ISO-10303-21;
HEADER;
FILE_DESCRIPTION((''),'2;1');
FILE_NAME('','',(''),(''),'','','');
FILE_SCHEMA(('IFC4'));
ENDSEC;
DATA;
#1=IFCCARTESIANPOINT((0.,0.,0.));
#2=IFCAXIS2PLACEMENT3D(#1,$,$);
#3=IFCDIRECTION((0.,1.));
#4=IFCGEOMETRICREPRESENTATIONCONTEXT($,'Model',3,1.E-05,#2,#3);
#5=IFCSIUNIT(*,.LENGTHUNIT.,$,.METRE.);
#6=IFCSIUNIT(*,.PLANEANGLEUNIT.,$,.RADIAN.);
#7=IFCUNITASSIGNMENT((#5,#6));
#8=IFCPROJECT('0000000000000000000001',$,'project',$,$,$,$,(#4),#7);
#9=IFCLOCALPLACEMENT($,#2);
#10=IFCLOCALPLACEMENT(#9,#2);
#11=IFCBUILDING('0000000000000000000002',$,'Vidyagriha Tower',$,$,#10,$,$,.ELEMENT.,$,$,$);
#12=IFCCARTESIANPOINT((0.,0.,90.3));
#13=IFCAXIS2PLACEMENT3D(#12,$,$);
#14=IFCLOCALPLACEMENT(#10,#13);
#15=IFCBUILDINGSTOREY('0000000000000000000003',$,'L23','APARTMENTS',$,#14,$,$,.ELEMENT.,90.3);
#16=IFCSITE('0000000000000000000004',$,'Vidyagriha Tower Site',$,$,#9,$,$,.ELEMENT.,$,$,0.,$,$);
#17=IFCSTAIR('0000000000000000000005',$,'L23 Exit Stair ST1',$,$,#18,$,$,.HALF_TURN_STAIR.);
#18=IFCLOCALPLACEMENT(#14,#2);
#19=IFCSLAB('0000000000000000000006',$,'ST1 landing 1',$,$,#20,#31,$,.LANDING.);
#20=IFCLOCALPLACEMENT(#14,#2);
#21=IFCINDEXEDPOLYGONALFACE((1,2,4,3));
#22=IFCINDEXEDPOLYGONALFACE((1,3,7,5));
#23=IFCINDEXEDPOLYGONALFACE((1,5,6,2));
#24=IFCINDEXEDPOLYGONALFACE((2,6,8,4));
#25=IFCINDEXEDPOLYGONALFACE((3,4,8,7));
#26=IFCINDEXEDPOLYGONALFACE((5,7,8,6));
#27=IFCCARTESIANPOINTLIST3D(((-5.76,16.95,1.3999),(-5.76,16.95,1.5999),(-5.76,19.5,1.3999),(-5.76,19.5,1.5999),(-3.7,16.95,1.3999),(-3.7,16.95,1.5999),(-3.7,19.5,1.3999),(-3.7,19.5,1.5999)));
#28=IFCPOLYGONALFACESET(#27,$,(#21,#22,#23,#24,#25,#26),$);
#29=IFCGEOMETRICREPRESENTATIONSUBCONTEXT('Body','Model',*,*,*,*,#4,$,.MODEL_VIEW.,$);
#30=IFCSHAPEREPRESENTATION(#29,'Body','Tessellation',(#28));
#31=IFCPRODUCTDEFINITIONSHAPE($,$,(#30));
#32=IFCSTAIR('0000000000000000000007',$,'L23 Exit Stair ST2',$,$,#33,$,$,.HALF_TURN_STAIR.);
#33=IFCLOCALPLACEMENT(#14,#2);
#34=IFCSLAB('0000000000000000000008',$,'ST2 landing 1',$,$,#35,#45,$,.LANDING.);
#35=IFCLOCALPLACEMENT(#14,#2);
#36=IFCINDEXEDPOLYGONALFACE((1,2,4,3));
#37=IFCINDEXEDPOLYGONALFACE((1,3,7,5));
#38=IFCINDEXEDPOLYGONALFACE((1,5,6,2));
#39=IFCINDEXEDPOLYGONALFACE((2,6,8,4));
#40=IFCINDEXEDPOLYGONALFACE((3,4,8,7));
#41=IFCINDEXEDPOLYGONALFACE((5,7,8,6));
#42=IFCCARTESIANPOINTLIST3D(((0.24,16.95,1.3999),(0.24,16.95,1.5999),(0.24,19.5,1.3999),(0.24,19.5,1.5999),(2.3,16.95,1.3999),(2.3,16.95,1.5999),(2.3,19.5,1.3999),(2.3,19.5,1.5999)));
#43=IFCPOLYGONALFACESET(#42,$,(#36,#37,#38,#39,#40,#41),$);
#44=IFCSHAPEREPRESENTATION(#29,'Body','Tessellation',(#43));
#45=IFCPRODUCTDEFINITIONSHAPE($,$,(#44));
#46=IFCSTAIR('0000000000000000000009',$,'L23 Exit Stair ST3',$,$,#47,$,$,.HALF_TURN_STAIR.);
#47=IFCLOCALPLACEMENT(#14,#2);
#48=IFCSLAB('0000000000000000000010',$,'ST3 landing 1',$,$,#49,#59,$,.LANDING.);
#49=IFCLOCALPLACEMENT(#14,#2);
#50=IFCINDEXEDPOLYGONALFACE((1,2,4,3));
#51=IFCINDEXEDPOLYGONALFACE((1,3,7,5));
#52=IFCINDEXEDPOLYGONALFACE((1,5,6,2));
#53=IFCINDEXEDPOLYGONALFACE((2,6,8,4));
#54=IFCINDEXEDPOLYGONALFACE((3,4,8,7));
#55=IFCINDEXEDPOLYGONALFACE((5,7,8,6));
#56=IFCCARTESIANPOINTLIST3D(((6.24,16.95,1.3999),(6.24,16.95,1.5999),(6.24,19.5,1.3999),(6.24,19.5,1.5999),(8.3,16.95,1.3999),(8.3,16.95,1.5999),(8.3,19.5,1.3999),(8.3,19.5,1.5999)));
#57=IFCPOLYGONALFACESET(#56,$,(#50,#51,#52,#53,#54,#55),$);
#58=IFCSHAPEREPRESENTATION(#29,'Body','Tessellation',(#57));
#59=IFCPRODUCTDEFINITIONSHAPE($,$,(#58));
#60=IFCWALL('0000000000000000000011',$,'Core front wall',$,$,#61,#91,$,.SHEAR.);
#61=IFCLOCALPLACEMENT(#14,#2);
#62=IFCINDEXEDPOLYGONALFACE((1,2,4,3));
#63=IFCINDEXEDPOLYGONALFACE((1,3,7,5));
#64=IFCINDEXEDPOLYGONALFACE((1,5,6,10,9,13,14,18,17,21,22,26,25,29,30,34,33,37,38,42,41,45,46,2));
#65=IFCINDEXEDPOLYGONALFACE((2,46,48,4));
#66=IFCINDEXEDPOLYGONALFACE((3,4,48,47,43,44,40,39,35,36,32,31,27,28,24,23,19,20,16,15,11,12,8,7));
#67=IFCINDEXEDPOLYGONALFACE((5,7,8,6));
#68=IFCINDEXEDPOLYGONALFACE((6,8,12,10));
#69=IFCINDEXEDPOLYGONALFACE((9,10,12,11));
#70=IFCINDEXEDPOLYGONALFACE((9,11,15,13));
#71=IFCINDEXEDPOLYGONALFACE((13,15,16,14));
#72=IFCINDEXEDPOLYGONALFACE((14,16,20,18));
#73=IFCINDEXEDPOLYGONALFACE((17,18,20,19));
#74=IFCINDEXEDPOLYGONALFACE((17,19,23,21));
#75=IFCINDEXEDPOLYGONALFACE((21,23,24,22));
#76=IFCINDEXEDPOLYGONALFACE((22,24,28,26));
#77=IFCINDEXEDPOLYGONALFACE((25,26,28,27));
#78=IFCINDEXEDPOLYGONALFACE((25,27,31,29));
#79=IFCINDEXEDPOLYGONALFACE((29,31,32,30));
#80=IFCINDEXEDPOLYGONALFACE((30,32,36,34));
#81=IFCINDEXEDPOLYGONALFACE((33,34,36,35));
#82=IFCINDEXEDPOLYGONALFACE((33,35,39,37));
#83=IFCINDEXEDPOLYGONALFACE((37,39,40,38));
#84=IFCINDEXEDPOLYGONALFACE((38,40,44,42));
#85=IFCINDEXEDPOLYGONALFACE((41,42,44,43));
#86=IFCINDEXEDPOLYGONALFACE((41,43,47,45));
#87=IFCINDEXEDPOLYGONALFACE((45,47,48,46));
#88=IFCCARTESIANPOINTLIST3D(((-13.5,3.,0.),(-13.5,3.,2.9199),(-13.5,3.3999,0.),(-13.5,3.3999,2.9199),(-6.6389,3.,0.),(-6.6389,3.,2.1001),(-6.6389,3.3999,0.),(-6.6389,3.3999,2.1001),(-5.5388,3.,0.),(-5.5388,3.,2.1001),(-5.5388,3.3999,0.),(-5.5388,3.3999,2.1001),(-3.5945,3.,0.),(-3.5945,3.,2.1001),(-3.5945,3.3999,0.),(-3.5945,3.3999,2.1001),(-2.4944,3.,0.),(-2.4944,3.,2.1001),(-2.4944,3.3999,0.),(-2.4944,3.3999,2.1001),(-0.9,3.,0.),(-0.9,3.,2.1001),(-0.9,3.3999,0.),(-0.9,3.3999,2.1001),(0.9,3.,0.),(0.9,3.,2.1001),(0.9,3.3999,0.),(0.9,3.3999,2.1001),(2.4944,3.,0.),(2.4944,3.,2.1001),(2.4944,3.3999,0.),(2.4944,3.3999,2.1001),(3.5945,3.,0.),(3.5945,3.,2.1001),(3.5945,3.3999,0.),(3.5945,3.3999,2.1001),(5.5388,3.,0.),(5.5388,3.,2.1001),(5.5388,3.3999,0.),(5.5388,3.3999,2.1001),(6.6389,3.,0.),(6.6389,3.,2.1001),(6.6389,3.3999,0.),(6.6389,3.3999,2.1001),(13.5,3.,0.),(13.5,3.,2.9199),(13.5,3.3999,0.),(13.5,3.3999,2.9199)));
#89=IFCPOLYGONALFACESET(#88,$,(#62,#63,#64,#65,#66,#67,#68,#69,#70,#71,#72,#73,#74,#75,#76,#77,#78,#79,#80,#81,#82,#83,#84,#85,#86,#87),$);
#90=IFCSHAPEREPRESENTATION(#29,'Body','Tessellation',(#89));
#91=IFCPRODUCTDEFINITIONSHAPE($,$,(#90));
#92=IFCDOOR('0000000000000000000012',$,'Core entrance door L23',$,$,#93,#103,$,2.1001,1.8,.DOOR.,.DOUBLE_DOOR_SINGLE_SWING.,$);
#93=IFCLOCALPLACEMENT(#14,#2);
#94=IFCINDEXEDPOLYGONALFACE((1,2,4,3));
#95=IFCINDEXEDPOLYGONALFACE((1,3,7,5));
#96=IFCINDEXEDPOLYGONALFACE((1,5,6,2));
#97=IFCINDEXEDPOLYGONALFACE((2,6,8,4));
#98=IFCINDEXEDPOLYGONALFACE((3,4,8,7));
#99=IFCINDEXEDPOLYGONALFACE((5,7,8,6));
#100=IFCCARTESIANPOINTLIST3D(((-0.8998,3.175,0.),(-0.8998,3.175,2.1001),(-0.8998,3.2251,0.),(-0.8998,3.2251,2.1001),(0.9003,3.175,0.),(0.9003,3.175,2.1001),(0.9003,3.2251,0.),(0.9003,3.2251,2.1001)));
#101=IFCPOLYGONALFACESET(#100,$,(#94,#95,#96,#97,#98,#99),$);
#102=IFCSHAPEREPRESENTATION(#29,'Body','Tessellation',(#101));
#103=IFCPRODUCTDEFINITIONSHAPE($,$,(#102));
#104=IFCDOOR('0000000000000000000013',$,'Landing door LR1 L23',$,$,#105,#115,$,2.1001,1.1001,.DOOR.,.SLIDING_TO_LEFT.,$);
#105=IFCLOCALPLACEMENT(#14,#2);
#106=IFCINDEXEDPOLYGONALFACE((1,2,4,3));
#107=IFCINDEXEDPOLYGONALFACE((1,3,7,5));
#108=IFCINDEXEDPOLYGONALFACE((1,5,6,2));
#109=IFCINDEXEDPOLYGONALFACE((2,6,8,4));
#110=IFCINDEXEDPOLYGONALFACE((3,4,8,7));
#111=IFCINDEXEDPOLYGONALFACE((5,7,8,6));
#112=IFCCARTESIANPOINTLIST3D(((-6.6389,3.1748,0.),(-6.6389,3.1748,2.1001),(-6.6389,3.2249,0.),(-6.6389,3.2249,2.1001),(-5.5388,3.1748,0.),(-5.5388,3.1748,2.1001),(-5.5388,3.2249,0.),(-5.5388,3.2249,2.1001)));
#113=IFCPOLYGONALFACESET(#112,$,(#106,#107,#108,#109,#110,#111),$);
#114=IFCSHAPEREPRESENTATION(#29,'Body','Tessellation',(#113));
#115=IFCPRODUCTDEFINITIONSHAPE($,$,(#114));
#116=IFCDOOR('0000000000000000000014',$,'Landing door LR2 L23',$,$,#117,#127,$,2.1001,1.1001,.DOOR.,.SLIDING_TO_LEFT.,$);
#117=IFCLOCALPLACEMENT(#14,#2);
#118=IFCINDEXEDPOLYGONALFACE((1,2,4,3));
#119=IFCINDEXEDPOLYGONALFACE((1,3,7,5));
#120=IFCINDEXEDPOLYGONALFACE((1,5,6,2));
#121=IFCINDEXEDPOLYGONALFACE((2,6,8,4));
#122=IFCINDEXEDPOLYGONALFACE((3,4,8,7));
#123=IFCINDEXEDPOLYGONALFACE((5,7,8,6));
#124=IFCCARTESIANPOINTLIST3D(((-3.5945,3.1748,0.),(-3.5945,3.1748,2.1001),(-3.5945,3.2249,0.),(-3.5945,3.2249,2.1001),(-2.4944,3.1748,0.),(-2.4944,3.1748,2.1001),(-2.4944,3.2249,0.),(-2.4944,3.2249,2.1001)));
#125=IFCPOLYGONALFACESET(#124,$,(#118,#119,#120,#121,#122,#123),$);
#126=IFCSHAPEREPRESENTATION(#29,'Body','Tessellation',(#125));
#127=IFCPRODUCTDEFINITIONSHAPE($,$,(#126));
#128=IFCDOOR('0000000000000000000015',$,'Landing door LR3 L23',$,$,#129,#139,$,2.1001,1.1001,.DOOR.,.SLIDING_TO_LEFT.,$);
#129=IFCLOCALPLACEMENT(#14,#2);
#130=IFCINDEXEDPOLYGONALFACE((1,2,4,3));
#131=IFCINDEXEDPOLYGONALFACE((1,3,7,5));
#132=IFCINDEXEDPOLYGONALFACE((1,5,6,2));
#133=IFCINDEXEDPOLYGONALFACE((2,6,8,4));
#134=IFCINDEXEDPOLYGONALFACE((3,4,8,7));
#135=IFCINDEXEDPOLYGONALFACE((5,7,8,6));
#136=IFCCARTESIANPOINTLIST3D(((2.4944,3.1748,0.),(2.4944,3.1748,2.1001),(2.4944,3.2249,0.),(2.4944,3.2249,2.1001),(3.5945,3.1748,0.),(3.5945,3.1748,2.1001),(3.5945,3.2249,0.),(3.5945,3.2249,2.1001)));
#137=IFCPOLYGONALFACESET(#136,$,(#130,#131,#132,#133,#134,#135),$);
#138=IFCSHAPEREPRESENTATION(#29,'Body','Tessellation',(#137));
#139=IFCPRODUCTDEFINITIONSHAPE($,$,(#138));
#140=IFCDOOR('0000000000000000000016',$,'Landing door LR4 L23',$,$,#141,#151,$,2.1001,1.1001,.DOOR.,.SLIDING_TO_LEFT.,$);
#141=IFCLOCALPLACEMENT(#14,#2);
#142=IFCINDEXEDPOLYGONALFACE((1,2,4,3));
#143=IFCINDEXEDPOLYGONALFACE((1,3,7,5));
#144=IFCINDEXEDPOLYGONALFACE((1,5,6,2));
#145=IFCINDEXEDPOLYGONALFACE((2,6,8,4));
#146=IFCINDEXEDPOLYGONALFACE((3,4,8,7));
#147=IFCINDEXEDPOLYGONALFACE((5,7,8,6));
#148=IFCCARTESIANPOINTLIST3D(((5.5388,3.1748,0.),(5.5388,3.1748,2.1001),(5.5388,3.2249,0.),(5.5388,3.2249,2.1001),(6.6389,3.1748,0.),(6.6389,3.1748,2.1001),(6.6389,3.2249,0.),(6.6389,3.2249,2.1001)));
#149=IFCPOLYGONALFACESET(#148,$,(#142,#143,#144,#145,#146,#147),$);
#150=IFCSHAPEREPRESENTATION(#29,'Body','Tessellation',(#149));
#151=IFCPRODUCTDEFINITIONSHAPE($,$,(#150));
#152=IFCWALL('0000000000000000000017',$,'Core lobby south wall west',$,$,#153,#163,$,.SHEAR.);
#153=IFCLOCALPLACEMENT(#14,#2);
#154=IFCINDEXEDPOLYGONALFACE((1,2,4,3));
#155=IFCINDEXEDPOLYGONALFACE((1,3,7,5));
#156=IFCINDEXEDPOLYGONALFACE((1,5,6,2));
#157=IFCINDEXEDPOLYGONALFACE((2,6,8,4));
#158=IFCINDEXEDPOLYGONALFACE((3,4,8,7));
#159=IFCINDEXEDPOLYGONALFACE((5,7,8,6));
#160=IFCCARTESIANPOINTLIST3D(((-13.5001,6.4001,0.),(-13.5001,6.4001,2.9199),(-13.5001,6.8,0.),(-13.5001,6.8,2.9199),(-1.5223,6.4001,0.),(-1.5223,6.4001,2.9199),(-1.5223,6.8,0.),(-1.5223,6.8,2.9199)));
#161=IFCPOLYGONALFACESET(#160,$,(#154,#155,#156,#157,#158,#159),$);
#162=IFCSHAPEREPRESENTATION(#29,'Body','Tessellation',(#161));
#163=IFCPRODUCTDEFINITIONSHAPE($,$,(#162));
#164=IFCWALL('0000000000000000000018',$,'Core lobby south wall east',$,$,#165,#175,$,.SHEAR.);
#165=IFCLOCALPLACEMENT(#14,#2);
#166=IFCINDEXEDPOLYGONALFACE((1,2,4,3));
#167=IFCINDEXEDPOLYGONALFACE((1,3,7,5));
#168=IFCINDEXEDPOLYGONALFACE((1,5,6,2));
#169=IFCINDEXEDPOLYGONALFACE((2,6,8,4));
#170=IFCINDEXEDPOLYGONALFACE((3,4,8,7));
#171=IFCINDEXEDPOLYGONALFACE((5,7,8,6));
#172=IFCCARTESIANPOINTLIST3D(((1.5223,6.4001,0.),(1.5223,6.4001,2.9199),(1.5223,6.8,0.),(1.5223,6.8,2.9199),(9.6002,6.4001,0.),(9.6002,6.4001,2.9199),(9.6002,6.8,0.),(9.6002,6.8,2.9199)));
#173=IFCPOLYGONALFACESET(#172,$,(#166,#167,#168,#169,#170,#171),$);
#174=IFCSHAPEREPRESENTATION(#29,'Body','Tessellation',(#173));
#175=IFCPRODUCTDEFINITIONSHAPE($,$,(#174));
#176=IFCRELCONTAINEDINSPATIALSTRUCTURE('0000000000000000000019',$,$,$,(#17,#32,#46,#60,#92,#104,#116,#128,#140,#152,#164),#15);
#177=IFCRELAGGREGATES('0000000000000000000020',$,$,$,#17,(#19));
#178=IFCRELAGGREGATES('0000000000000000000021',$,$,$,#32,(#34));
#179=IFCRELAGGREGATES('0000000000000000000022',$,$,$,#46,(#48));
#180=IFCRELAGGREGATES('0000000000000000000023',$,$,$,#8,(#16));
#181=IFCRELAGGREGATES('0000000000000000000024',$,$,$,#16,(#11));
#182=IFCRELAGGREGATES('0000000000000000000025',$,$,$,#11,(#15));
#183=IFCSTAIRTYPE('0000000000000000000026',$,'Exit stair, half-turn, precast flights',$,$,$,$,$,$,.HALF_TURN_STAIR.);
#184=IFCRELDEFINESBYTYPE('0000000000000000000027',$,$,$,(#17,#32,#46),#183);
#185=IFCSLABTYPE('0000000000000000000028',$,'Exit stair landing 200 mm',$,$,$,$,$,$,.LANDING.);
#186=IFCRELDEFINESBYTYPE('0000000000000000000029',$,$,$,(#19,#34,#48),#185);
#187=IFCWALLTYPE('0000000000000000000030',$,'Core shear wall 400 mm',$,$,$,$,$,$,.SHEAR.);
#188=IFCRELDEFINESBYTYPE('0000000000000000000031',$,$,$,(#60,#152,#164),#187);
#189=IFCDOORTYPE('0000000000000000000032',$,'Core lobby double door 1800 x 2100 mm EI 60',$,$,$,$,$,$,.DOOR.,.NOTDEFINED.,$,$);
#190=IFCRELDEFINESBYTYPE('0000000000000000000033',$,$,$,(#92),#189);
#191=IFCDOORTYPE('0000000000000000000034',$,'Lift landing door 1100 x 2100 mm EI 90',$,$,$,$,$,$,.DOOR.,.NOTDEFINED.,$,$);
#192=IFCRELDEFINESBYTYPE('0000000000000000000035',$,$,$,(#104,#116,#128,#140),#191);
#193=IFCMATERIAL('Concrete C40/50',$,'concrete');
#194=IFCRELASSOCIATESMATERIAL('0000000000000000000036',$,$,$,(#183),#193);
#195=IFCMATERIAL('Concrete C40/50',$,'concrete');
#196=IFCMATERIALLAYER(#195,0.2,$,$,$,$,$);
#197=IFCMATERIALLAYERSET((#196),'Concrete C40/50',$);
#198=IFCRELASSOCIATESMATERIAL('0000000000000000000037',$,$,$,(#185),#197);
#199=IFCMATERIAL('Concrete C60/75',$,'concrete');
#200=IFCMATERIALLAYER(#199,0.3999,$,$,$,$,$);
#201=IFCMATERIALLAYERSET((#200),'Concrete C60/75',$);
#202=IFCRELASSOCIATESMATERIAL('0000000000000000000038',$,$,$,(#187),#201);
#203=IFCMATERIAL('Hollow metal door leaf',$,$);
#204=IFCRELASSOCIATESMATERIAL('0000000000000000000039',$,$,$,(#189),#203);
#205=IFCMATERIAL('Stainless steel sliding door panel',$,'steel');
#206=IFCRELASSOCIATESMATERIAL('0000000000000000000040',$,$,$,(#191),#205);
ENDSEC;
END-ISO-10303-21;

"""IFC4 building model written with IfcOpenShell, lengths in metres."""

from ifc_helpers import new_model, si_unit, direction, frame, frame_2d, origin, place, context, subcontext, project, spatial, polyline, rectangle, outline, extrude, material, layer, layer_set, type_object, element, fill, aggregate, save


model = new_model("IFC4")

# Units and contexts
model_context = context("Model", 3, precision=1e-05, world=origin(), true_north=direction((0.0, 1.0)))
body_context = subcontext(model_context, "Body", "Model", "MODEL_VIEW")
ifc_project = project(units=[si_unit("LENGTHUNIT", "METRE"), si_unit("PLANEANGLEUNIT", "RADIAN")], contexts=[model_context])

# Site, building, storey
site_placement = place(None, origin())
site = spatial("IfcSite", under=ifc_project, at=site_placement, Name="Vidyagriha Tower Site", CompositionType="ELEMENT", RefElevation=0.0)
building_placement = place(site_placement, origin())
building = spatial("IfcBuilding", under=site, at=building_placement, Name="Vidyagriha Tower", CompositionType="ELEMENT")
storey_placement = place(building_placement, frame((0.0, 0.0, 90.3)))
storey = spatial("IfcBuildingStorey", under=building, at=storey_placement, Name="L23", Description="APARTMENTS", CompositionType="ELEMENT", Elevation=90.3)

# Stairs, slabs
ifc_material_1 = material(Name="Concrete C40/50", Category="concrete")
stair_type = type_object("IfcStairType", Name="Exit stair, half-turn, precast flights", PredefinedType="HALF_TURN_STAIR", material=ifc_material_1)
stair_1_placement = place(storey_placement, origin())
stair_1 = element("IfcStair", 1, at=stair_1_placement, inside=storey, type_object=stair_type, Name="L23 Exit Stair ST1", PredefinedType="HALF_TURN_STAIR")
ifc_material_2 = material(Name="Concrete C40/50", Category="concrete")
ifc_layer_1 = layer(ifc_material_2, 0.2)
ifc_layer_set_1 = layer_set([ifc_layer_1], Name="Concrete C40/50")
slab_type = type_object("IfcSlabType", Name="Exit stair landing 200 mm", PredefinedType="LANDING", material=ifc_layer_set_1)
slab_1_placement = place(storey_placement, frame((0.0, 0.0, 1.3999)))
slab_1 = element("IfcSlab", 2, at=slab_1_placement, type_object=slab_type, Name="ST1 landing 1", PredefinedType="LANDING", context=body_context, shape_type="SweptSolid", body=[
    extrude(outline(polyline([(-5.76, 16.95), (-3.7, 16.95), (-3.7, 19.5), (-5.76, 19.5), (-5.76, 16.95)])), origin(), (0.0, 0.0, 1.0), 0.2),
])
aggregate(stair_1, [slab_1])
stair_2_placement = place(storey_placement, origin())
stair_2 = element("IfcStair", 3, at=stair_2_placement, inside=storey, type_object=stair_type, Name="L23 Exit Stair ST2", PredefinedType="HALF_TURN_STAIR")
slab_2_placement = place(storey_placement, frame((0.0, 0.0, 1.3999)))
slab_2 = element("IfcSlab", 4, at=slab_2_placement, type_object=slab_type, Name="ST2 landing 1", PredefinedType="LANDING", context=body_context, shape_type="SweptSolid", body=[
    extrude(outline(polyline([(0.24, 16.95), (2.3, 16.95), (2.3, 19.5), (0.24, 19.5), (0.24, 16.95)])), origin(), (0.0, 0.0, 1.0), 0.2),
])
aggregate(stair_2, [slab_2])
stair_3_placement = place(storey_placement, origin())
stair_3 = element("IfcStair", 5, at=stair_3_placement, inside=storey, type_object=stair_type, Name="L23 Exit Stair ST3", PredefinedType="HALF_TURN_STAIR")
slab_3_placement = place(storey_placement, frame((0.0, 0.0, 1.3999)))
slab_3 = element("IfcSlab", 6, at=slab_3_placement, type_object=slab_type, Name="ST3 landing 1", PredefinedType="LANDING", context=body_context, shape_type="SweptSolid", body=[
    extrude(outline(polyline([(6.24, 16.95), (8.3, 16.95), (8.3, 19.5), (6.24, 19.5), (6.24, 16.95)])), origin(), (0.0, 0.0, 1.0), 0.2),
])
aggregate(stair_3, [slab_3])

# Wall, openings, doors
ifc_material_3 = material(Name="Concrete C60/75", Category="concrete")
ifc_layer_2 = layer(ifc_material_3, 0.3999)
ifc_layer_set_2 = layer_set([ifc_layer_2], Name="Concrete C60/75")
wall_type_1 = type_object("IfcWallType", Name="Core shear wall 400 mm", PredefinedType="SHEAR", material=ifc_layer_set_2)
wall_1_placement = place(storey_placement, frame((-13.5, 3.2, 0.0)))
wall_1 = element("IfcWall", 7, at=wall_1_placement, inside=storey, type_object=wall_type_1, Name="Core front wall", PredefinedType="SHEAR", context=body_context, shape_type="SweptSolid", body=[
    extrude(rectangle(XDim=27.0, YDim=0.3999, at=frame_2d((13.5, 0.0))), origin(), (0.0, 0.0, 1.0), 2.9199),
])
opening_1_placement = place(wall_1_placement, frame((6.8611, 0.0, 0.0)))
opening_1 = element("IfcOpeningElement", 8, at=opening_1_placement, cuts=wall_1, PredefinedType="OPENING", context=body_context, shape_type="SweptSolid", body=[
    extrude(rectangle(XDim=1.1001, YDim=2.1001, at=frame_2d((0.55, 1.05))), frame((0.0, 0.21, 0.0), z_axis=(0.0, -1.0, 0.0), x_axis=(1.0, 0.0, 0.0)), (0.0, 0.0, 1.0), 0.4199),
])
opening_2_placement = place(wall_1_placement, frame((9.9055, 0.0, 0.0)))
opening_2 = element("IfcOpeningElement", 9, at=opening_2_placement, cuts=wall_1, PredefinedType="OPENING", context=body_context, shape_type="SweptSolid", body=[
    extrude(rectangle(XDim=1.1001, YDim=2.1001, at=frame_2d((0.55, 1.05))), frame((0.0, 0.21, 0.0), z_axis=(0.0, -1.0, 0.0), x_axis=(1.0, 0.0, 0.0)), (0.0, 0.0, 1.0), 0.4199),
])
opening_3_placement = place(wall_1_placement, frame((15.9944, 0.0, 0.0)))
opening_3 = element("IfcOpeningElement", 10, at=opening_3_placement, cuts=wall_1, PredefinedType="OPENING", context=body_context, shape_type="SweptSolid", body=[
    extrude(rectangle(XDim=1.1001, YDim=2.1001, at=frame_2d((0.55, 1.05))), frame((0.0, 0.21, 0.0), z_axis=(0.0, -1.0, 0.0), x_axis=(1.0, 0.0, 0.0)), (0.0, 0.0, 1.0), 0.4199),
])
opening_4_placement = place(wall_1_placement, frame((19.0388, 0.0, 0.0)))
opening_4 = element("IfcOpeningElement", 11, at=opening_4_placement, cuts=wall_1, PredefinedType="OPENING", context=body_context, shape_type="SweptSolid", body=[
    extrude(rectangle(XDim=1.1001, YDim=2.1001, at=frame_2d((0.55, 1.05))), frame((0.0, 0.21, 0.0), z_axis=(0.0, -1.0, 0.0), x_axis=(1.0, 0.0, 0.0)), (0.0, 0.0, 1.0), 0.4199),
])
opening_5_placement = place(wall_1_placement, frame((12.6001, 0.0, 0.0)))
opening_5 = element("IfcOpeningElement", 12, at=opening_5_placement, cuts=wall_1, PredefinedType="OPENING", context=body_context, shape_type="SweptSolid", body=[
    extrude(rectangle(XDim=1.8, YDim=2.1001, at=frame_2d((0.8999, 1.05))), frame((0.0, 0.21, 0.0), z_axis=(0.0, -1.0, 0.0), x_axis=(1.0, 0.0, 0.0)), (0.0, 0.0, 1.0), 0.4199),
])
ifc_material_4 = material(Name="Hollow metal door leaf")
door_type_1 = type_object("IfcDoorType", Name="Core lobby double door 1800 x 2100 mm EI 60", OperationType="NOTDEFINED", PredefinedType="DOOR", material=ifc_material_4)
door_1_placement = place(opening_5_placement, frame((1.8, 0.0, 0.0), z_axis=(0.0, 0.0, 1.0), x_axis=(-1.0, 0.0, 0.0)))
door_1 = element("IfcDoor", 13, at=door_1_placement, inside=storey, type_object=door_type_1, Name="Core entrance door L23", OperationType="DOUBLE_DOOR_SINGLE_SWING", OverallHeight=2.1001, OverallWidth=1.8, PredefinedType="DOOR", context=body_context, shape_type="SweptSolid", body=[
    extrude(rectangle(XDim=1.8, YDim=2.1001, at=frame_2d((0.8999, 1.05))), frame((0.0, 0.0249, 0.0), z_axis=(0.0, -1.0, 0.0), x_axis=(1.0, 0.0, 0.0)), (0.0, 0.0, 1.0), 0.05),
])
fill(opening_5, door_1)
ifc_material_5 = material(Name="Stainless steel sliding door panel", Category="steel")
door_type_2 = type_object("IfcDoorType", Name="Lift landing door 1100 x 2100 mm EI 90", OperationType="NOTDEFINED", PredefinedType="DOOR", material=ifc_material_5)
door_2_placement = place(opening_1_placement, origin())
door_2 = element("IfcDoor", 14, at=door_2_placement, inside=storey, type_object=door_type_2, Name="Landing door LR1 L23", OperationType="SLIDING_TO_LEFT", OverallHeight=2.1001, OverallWidth=1.1001, PredefinedType="DOOR", context=body_context, shape_type="SweptSolid", body=[
    extrude(rectangle(XDim=1.1001, YDim=2.1001, at=frame_2d((0.55, 1.05))), frame((0.0, 0.0249, 0.0), z_axis=(0.0, -1.0, 0.0), x_axis=(1.0, 0.0, 0.0)), (0.0, 0.0, 1.0), 0.05),
])
fill(opening_1, door_2)
door_3_placement = place(opening_2_placement, origin())
door_3 = element("IfcDoor", 15, at=door_3_placement, inside=storey, type_object=door_type_2, Name="Landing door LR2 L23", OperationType="SLIDING_TO_LEFT", OverallHeight=2.1001, OverallWidth=1.1001, PredefinedType="DOOR", context=body_context, shape_type="SweptSolid", body=[
    extrude(rectangle(XDim=1.1001, YDim=2.1001, at=frame_2d((0.55, 1.05))), frame((0.0, 0.0249, 0.0), z_axis=(0.0, -1.0, 0.0), x_axis=(1.0, 0.0, 0.0)), (0.0, 0.0, 1.0), 0.05),
])
fill(opening_2, door_3)
door_4_placement = place(opening_3_placement, origin())
door_4 = element("IfcDoor", 16, at=door_4_placement, inside=storey, type_object=door_type_2, Name="Landing door LR3 L23", OperationType="SLIDING_TO_LEFT", OverallHeight=2.1001, OverallWidth=1.1001, PredefinedType="DOOR", context=body_context, shape_type="SweptSolid", body=[
    extrude(rectangle(XDim=1.1001, YDim=2.1001, at=frame_2d((0.55, 1.05))), frame((0.0, 0.0249, 0.0), z_axis=(0.0, -1.0, 0.0), x_axis=(1.0, 0.0, 0.0)), (0.0, 0.0, 1.0), 0.05),
])
fill(opening_3, door_4)
door_5_placement = place(opening_4_placement, origin())
door_5 = element("IfcDoor", 17, at=door_5_placement, inside=storey, type_object=door_type_2, Name="Landing door LR4 L23", OperationType="SLIDING_TO_LEFT", OverallHeight=2.1001, OverallWidth=1.1001, PredefinedType="DOOR", context=body_context, shape_type="SweptSolid", body=[
    extrude(rectangle(XDim=1.1001, YDim=2.1001, at=frame_2d((0.55, 1.05))), frame((0.0, 0.0249, 0.0), z_axis=(0.0, -1.0, 0.0), x_axis=(1.0, 0.0, 0.0)), (0.0, 0.0, 1.0), 0.05),
])
fill(opening_4, door_5)

# Walls
wall_2_placement = place(storey_placement, frame((-13.5, 6.6001, 0.0)))
element("IfcWall", 18, at=wall_2_placement, inside=storey, type_object=wall_type_1, Name="Core lobby south wall west", PredefinedType="SHEAR", context=body_context, shape_type="SweptSolid", body=[
    extrude(rectangle(XDim=11.9778, YDim=0.3999, at=frame_2d((5.9888, 0.0))), origin(), (0.0, 0.0, 1.0), 2.9199),
])
wall_3_placement = place(storey_placement, frame((1.5222, 6.6001, 0.0)))
element("IfcWall", 19, at=wall_3_placement, inside=storey, type_object=wall_type_1, Name="Core lobby south wall east", PredefinedType="SHEAR", context=body_context, shape_type="SweptSolid", body=[
    extrude(rectangle(XDim=8.0779, YDim=0.3999, at=frame_2d((4.0391, 0.0))), origin(), (0.0, 0.0, 1.0), 2.9199),
])

save(model, "model.ifc")
